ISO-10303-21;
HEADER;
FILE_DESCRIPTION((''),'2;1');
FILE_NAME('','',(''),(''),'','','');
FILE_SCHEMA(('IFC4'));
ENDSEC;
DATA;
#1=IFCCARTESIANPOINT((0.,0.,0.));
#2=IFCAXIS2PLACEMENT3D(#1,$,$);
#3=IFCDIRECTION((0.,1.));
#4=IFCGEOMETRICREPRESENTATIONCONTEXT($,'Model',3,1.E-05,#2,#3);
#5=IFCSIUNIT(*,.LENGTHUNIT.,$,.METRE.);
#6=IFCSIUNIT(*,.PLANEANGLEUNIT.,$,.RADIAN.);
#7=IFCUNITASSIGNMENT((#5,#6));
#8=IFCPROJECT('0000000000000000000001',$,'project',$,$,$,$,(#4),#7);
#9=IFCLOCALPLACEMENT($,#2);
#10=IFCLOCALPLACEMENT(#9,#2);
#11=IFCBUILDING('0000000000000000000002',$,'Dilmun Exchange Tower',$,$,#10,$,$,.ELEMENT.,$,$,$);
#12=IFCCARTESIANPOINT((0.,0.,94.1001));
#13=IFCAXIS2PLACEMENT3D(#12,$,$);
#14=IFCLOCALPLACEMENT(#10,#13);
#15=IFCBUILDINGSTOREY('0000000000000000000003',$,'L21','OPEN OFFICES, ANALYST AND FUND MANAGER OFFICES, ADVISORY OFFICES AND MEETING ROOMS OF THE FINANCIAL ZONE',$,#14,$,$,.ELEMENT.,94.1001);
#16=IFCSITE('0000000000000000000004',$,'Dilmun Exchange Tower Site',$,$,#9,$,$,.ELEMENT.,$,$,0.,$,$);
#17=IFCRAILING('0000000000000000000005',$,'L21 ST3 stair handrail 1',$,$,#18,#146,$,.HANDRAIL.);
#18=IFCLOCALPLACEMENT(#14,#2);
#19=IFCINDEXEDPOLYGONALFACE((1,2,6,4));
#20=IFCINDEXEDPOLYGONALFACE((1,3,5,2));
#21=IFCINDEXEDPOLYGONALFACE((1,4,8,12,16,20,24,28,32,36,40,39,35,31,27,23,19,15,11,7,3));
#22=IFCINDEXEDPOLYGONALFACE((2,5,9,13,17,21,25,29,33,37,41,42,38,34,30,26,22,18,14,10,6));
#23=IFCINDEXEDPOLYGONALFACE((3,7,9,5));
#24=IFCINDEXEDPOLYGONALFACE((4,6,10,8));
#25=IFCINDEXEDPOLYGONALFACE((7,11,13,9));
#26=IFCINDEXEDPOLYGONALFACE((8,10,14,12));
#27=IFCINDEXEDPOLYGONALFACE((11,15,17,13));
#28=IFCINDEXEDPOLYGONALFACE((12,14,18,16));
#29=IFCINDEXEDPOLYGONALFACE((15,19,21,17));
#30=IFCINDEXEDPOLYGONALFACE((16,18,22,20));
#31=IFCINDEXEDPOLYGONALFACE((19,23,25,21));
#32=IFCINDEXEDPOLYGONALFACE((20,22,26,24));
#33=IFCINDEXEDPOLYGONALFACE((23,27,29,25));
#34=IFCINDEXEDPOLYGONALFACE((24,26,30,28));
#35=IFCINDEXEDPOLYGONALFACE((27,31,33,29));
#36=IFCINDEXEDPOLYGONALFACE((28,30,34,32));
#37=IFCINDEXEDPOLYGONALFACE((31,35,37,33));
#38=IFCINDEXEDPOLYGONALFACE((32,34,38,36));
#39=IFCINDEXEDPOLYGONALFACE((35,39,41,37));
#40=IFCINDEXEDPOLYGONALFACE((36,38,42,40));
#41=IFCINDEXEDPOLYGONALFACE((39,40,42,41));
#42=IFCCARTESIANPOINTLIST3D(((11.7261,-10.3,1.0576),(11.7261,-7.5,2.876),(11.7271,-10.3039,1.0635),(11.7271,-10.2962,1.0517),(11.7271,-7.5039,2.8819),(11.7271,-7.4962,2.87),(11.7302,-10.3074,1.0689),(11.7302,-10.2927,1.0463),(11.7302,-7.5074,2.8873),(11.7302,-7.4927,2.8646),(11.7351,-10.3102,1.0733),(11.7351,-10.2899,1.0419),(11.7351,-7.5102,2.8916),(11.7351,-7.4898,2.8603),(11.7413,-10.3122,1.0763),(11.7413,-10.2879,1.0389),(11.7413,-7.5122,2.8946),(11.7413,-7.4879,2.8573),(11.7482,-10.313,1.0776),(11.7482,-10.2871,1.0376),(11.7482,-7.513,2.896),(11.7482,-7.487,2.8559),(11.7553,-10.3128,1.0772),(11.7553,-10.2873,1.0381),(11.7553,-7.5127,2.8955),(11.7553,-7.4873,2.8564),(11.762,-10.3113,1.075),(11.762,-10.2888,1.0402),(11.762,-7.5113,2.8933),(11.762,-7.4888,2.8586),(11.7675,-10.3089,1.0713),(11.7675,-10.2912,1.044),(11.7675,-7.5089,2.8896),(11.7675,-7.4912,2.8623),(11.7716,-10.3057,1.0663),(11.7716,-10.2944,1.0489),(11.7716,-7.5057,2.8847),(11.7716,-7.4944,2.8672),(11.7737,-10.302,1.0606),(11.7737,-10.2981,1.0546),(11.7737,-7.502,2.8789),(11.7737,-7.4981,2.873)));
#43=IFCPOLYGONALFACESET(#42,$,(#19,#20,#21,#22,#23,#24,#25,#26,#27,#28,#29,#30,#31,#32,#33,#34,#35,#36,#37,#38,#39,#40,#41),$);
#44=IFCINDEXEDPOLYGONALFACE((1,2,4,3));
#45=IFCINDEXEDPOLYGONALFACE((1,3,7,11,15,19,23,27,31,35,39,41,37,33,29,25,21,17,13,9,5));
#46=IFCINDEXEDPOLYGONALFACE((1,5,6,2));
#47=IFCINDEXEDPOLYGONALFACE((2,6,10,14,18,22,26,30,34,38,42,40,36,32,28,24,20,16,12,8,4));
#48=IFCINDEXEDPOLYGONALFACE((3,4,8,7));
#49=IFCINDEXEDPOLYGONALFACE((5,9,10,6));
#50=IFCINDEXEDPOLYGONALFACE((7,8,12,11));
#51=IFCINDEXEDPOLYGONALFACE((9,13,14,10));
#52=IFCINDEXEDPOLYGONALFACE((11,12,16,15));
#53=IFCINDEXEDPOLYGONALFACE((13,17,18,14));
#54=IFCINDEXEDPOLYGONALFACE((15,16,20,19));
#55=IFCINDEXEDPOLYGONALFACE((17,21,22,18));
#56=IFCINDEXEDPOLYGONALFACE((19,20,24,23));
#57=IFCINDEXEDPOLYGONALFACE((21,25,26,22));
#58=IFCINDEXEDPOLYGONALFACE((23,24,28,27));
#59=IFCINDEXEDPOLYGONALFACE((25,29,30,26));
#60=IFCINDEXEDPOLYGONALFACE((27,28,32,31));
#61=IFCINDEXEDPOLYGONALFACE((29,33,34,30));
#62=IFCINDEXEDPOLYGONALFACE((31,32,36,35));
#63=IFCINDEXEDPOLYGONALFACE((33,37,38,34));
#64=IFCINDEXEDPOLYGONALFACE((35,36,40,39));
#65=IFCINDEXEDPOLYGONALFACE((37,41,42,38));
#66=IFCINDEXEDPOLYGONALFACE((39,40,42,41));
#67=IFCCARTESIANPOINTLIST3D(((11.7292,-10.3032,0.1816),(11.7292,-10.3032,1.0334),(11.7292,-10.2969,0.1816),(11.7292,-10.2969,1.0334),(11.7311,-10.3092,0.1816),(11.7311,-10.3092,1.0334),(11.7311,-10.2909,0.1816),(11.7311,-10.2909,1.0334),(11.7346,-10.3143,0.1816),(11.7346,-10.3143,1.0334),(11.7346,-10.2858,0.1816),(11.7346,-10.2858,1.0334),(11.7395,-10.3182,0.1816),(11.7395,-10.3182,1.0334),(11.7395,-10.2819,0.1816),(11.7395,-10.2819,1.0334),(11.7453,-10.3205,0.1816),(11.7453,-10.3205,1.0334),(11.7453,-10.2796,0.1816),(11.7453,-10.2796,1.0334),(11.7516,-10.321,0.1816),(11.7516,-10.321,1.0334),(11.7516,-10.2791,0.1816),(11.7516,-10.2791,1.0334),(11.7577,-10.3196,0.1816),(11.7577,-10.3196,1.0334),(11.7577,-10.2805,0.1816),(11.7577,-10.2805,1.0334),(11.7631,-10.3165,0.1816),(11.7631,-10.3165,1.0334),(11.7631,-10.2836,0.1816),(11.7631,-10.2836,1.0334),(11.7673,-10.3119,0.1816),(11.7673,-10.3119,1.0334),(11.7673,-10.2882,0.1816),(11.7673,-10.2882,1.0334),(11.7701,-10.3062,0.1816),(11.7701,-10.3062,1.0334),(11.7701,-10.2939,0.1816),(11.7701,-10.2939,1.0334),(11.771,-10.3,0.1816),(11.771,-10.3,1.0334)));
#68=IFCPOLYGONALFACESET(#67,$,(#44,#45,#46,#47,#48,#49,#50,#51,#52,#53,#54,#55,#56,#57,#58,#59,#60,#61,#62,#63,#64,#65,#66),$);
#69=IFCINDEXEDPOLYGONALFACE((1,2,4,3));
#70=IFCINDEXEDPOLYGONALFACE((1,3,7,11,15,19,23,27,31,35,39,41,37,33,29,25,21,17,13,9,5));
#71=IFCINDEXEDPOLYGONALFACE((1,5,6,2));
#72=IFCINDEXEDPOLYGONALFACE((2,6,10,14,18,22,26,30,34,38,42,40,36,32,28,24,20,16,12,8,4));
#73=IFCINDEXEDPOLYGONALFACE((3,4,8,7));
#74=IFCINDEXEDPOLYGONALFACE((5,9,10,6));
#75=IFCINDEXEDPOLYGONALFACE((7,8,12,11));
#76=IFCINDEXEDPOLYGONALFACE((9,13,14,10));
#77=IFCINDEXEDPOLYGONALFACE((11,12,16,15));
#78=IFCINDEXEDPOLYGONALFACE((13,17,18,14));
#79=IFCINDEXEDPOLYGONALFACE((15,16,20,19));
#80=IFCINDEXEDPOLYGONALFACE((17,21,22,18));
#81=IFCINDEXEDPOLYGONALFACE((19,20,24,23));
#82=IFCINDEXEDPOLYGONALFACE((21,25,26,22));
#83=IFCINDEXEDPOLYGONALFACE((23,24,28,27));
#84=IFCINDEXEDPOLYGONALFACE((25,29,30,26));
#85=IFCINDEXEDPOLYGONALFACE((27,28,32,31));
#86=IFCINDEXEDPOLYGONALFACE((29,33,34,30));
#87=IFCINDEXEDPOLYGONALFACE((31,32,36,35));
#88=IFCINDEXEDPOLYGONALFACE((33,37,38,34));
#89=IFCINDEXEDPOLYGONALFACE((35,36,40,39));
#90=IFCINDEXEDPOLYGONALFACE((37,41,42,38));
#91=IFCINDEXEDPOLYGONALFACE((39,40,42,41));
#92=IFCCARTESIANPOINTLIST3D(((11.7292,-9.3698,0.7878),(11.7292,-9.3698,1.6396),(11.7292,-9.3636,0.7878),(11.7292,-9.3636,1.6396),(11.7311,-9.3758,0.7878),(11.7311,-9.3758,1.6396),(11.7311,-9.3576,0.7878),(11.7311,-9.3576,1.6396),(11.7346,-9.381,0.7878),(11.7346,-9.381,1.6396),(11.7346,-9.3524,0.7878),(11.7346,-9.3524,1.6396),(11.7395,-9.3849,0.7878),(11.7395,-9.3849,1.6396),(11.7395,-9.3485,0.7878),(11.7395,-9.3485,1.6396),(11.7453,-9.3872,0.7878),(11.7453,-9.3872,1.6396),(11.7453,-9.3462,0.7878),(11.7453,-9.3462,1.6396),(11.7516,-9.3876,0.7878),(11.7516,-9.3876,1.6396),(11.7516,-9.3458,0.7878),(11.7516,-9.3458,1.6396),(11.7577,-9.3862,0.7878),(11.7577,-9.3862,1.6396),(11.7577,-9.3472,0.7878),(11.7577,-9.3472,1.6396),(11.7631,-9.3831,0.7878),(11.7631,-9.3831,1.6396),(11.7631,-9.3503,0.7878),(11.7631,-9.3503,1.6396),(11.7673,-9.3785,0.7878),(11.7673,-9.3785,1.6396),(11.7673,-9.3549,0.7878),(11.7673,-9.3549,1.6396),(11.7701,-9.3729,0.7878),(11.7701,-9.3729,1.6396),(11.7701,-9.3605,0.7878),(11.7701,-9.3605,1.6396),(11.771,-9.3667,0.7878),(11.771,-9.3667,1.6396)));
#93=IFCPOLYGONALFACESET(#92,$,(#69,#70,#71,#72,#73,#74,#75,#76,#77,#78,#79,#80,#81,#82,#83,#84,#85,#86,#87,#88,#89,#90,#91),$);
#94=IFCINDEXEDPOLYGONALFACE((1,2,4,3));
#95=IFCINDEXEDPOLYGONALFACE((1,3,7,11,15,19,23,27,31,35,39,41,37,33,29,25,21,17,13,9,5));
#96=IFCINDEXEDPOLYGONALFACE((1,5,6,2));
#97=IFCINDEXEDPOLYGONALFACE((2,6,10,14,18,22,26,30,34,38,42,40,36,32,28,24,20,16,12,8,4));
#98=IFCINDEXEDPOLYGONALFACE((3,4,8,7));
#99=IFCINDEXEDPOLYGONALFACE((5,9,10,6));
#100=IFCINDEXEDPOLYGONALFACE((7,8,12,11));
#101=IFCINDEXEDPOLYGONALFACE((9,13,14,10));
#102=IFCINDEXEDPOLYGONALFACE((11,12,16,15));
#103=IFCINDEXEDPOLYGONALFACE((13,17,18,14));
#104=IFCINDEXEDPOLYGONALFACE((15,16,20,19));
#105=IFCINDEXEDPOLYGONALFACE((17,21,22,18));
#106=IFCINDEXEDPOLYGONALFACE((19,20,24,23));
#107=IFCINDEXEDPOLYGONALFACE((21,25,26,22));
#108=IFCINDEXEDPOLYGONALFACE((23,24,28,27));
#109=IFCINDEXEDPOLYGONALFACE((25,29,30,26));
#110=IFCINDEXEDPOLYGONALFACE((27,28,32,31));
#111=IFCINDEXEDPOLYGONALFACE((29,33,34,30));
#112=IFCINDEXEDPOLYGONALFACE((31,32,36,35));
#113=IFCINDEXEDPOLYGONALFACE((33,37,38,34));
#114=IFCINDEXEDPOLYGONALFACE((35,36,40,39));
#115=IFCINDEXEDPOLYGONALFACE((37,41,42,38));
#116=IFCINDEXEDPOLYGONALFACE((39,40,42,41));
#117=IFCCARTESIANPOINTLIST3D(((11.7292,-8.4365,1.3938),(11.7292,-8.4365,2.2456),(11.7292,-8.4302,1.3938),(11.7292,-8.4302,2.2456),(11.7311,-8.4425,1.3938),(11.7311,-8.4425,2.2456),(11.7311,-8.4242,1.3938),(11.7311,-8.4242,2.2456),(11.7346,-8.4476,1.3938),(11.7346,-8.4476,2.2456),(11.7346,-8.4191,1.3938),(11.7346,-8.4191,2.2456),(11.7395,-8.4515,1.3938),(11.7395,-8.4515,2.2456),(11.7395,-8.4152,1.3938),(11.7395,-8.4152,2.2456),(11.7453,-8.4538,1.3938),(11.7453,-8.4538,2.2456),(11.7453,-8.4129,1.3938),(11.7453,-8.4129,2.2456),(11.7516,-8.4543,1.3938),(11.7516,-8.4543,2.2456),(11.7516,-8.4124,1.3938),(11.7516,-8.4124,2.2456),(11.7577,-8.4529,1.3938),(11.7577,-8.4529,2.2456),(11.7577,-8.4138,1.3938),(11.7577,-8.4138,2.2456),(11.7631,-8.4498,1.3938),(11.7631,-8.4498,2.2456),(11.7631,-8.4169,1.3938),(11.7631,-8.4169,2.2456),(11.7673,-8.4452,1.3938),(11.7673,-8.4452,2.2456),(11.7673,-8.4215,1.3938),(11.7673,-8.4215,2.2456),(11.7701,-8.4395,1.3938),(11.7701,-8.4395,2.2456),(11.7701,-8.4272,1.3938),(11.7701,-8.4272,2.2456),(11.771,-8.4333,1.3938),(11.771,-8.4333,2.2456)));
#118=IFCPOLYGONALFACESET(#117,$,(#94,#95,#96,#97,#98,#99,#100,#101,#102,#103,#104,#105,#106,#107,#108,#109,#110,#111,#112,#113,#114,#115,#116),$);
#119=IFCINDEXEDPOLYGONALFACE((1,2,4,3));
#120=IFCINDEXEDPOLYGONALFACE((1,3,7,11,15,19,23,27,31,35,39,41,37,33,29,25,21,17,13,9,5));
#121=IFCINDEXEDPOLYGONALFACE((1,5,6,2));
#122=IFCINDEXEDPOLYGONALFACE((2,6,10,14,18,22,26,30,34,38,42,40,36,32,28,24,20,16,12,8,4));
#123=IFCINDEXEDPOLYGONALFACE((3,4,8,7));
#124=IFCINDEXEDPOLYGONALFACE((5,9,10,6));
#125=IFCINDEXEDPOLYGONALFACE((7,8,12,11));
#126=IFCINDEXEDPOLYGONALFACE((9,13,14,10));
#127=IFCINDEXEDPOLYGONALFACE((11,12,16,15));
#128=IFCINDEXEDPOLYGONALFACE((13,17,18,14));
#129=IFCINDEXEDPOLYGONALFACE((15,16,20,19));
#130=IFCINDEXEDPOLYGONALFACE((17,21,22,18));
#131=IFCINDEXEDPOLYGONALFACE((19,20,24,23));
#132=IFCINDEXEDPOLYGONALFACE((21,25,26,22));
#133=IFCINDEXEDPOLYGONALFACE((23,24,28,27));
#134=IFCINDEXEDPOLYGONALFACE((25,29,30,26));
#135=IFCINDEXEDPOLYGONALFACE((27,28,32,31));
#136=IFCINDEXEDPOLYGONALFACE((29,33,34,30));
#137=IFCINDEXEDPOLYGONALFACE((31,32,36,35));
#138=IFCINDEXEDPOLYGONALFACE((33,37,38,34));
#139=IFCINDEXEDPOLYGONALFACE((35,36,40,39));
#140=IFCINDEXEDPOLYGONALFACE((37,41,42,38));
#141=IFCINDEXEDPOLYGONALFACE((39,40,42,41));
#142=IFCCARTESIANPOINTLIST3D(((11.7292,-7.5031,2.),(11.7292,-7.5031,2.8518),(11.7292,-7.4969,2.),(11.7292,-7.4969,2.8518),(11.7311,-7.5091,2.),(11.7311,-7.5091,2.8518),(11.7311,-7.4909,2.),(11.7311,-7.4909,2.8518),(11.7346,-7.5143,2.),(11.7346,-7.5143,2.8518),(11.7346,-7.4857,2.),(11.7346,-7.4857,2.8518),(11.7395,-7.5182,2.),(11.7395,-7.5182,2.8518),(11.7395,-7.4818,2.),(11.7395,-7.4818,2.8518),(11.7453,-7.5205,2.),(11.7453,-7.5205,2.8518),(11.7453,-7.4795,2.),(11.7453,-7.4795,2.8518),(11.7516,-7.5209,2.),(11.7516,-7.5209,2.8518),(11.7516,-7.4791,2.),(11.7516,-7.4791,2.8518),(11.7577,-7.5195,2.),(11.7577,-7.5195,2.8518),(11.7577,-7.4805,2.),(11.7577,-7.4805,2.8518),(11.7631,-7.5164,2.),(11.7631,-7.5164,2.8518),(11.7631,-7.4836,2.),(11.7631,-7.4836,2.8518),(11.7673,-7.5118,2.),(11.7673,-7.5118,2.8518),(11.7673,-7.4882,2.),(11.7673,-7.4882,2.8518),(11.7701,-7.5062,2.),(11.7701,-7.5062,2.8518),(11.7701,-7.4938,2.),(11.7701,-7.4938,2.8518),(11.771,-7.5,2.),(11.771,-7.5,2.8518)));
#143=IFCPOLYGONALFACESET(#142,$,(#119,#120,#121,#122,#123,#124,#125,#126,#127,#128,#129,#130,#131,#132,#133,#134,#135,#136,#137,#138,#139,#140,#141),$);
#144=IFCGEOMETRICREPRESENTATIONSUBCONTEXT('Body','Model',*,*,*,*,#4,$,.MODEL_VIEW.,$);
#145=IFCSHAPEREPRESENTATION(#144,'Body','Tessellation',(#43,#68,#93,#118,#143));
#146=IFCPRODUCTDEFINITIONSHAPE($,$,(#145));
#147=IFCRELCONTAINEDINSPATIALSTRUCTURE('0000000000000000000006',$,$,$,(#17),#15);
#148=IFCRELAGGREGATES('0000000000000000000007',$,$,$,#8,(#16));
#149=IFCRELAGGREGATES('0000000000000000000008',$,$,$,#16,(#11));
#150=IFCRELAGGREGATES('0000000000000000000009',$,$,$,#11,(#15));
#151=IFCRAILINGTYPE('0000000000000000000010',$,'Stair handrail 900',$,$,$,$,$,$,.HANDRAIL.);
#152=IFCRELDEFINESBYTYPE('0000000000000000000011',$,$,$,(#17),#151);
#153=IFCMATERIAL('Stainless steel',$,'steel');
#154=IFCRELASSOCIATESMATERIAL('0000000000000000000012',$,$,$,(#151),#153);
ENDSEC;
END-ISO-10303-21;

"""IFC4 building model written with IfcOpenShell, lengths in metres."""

from ifc_helpers import new_model, si_unit, direction, frame, origin, origin_2d, place, context, subcontext, project, spatial, circle, extrude, material, type_object, element, save


model = new_model("IFC4")

# Units and contexts
model_context = context("Model", 3, precision=1e-05, world=origin(), true_north=direction((0.0, 1.0)))
body_context = subcontext(model_context, "Body", "Model", "MODEL_VIEW")
ifc_project = project(units=[si_unit("LENGTHUNIT", "METRE"), si_unit("PLANEANGLEUNIT", "RADIAN")], contexts=[model_context])

# Site, building, storey
site_placement = place(None, origin())
site = spatial("IfcSite", under=ifc_project, at=site_placement, Name="Dilmun Exchange Tower Site", CompositionType="ELEMENT", RefElevation=0.0)
building_placement = place(site_placement, origin())
building = spatial("IfcBuilding", under=site, at=building_placement, Name="Dilmun Exchange Tower", CompositionType="ELEMENT")
storey_placement = place(building_placement, frame((0.0, 0.0, 94.1001)))
storey = spatial("IfcBuildingStorey", under=building, at=storey_placement, Name="L21", Description="OPEN OFFICES, ANALYST AND FUND MANAGER OFFICES, ADVISORY OFFICES AND MEETING ROOMS OF THE FINANCIAL ZONE", CompositionType="ELEMENT", Elevation=94.1001)

# Railing
ifc_material_1 = material(Name="Stainless steel", Category="steel")
railing_type = type_object("IfcRailingType", Name="Stair handrail 900", PredefinedType="HANDRAIL", material=ifc_material_1)
railing_placement = place(storey_placement, frame((11.75, -10.3, 0.1816)))
element("IfcRailing", 1, at=railing_placement, inside=storey, type_object=railing_type, Name="L21 ST3 stair handrail 1", PredefinedType="HANDRAIL", context=body_context, shape_type="SweptSolid", body=[
    extrude(circle(Radius=0.0239, at=origin_2d()), frame((0.0, 0.0, 0.876), z_axis=(0.0, 0.838672, 0.544636), x_axis=(-1.0, 0.0, 0.0)), (0.0, 0.0, 1.0), 3.3386),
    extrude(circle(Radius=0.021, at=origin_2d()), origin(), (0.0, 0.0, 1.0), 0.8518),
    extrude(circle(Radius=0.021, at=origin_2d()), frame((0.0, 0.9333, 0.6062)), (0.0, 0.0, 1.0), 0.8518),
    extrude(circle(Radius=0.021, at=origin_2d()), frame((0.0, 1.8667, 1.2122)), (0.0, 0.0, 1.0), 0.8518),
    extrude(circle(Radius=0.021, at=origin_2d()), frame((0.0, 2.8, 1.8184)), (0.0, 0.0, 1.0), 0.8518),
])

save(model, "model.ifc")
